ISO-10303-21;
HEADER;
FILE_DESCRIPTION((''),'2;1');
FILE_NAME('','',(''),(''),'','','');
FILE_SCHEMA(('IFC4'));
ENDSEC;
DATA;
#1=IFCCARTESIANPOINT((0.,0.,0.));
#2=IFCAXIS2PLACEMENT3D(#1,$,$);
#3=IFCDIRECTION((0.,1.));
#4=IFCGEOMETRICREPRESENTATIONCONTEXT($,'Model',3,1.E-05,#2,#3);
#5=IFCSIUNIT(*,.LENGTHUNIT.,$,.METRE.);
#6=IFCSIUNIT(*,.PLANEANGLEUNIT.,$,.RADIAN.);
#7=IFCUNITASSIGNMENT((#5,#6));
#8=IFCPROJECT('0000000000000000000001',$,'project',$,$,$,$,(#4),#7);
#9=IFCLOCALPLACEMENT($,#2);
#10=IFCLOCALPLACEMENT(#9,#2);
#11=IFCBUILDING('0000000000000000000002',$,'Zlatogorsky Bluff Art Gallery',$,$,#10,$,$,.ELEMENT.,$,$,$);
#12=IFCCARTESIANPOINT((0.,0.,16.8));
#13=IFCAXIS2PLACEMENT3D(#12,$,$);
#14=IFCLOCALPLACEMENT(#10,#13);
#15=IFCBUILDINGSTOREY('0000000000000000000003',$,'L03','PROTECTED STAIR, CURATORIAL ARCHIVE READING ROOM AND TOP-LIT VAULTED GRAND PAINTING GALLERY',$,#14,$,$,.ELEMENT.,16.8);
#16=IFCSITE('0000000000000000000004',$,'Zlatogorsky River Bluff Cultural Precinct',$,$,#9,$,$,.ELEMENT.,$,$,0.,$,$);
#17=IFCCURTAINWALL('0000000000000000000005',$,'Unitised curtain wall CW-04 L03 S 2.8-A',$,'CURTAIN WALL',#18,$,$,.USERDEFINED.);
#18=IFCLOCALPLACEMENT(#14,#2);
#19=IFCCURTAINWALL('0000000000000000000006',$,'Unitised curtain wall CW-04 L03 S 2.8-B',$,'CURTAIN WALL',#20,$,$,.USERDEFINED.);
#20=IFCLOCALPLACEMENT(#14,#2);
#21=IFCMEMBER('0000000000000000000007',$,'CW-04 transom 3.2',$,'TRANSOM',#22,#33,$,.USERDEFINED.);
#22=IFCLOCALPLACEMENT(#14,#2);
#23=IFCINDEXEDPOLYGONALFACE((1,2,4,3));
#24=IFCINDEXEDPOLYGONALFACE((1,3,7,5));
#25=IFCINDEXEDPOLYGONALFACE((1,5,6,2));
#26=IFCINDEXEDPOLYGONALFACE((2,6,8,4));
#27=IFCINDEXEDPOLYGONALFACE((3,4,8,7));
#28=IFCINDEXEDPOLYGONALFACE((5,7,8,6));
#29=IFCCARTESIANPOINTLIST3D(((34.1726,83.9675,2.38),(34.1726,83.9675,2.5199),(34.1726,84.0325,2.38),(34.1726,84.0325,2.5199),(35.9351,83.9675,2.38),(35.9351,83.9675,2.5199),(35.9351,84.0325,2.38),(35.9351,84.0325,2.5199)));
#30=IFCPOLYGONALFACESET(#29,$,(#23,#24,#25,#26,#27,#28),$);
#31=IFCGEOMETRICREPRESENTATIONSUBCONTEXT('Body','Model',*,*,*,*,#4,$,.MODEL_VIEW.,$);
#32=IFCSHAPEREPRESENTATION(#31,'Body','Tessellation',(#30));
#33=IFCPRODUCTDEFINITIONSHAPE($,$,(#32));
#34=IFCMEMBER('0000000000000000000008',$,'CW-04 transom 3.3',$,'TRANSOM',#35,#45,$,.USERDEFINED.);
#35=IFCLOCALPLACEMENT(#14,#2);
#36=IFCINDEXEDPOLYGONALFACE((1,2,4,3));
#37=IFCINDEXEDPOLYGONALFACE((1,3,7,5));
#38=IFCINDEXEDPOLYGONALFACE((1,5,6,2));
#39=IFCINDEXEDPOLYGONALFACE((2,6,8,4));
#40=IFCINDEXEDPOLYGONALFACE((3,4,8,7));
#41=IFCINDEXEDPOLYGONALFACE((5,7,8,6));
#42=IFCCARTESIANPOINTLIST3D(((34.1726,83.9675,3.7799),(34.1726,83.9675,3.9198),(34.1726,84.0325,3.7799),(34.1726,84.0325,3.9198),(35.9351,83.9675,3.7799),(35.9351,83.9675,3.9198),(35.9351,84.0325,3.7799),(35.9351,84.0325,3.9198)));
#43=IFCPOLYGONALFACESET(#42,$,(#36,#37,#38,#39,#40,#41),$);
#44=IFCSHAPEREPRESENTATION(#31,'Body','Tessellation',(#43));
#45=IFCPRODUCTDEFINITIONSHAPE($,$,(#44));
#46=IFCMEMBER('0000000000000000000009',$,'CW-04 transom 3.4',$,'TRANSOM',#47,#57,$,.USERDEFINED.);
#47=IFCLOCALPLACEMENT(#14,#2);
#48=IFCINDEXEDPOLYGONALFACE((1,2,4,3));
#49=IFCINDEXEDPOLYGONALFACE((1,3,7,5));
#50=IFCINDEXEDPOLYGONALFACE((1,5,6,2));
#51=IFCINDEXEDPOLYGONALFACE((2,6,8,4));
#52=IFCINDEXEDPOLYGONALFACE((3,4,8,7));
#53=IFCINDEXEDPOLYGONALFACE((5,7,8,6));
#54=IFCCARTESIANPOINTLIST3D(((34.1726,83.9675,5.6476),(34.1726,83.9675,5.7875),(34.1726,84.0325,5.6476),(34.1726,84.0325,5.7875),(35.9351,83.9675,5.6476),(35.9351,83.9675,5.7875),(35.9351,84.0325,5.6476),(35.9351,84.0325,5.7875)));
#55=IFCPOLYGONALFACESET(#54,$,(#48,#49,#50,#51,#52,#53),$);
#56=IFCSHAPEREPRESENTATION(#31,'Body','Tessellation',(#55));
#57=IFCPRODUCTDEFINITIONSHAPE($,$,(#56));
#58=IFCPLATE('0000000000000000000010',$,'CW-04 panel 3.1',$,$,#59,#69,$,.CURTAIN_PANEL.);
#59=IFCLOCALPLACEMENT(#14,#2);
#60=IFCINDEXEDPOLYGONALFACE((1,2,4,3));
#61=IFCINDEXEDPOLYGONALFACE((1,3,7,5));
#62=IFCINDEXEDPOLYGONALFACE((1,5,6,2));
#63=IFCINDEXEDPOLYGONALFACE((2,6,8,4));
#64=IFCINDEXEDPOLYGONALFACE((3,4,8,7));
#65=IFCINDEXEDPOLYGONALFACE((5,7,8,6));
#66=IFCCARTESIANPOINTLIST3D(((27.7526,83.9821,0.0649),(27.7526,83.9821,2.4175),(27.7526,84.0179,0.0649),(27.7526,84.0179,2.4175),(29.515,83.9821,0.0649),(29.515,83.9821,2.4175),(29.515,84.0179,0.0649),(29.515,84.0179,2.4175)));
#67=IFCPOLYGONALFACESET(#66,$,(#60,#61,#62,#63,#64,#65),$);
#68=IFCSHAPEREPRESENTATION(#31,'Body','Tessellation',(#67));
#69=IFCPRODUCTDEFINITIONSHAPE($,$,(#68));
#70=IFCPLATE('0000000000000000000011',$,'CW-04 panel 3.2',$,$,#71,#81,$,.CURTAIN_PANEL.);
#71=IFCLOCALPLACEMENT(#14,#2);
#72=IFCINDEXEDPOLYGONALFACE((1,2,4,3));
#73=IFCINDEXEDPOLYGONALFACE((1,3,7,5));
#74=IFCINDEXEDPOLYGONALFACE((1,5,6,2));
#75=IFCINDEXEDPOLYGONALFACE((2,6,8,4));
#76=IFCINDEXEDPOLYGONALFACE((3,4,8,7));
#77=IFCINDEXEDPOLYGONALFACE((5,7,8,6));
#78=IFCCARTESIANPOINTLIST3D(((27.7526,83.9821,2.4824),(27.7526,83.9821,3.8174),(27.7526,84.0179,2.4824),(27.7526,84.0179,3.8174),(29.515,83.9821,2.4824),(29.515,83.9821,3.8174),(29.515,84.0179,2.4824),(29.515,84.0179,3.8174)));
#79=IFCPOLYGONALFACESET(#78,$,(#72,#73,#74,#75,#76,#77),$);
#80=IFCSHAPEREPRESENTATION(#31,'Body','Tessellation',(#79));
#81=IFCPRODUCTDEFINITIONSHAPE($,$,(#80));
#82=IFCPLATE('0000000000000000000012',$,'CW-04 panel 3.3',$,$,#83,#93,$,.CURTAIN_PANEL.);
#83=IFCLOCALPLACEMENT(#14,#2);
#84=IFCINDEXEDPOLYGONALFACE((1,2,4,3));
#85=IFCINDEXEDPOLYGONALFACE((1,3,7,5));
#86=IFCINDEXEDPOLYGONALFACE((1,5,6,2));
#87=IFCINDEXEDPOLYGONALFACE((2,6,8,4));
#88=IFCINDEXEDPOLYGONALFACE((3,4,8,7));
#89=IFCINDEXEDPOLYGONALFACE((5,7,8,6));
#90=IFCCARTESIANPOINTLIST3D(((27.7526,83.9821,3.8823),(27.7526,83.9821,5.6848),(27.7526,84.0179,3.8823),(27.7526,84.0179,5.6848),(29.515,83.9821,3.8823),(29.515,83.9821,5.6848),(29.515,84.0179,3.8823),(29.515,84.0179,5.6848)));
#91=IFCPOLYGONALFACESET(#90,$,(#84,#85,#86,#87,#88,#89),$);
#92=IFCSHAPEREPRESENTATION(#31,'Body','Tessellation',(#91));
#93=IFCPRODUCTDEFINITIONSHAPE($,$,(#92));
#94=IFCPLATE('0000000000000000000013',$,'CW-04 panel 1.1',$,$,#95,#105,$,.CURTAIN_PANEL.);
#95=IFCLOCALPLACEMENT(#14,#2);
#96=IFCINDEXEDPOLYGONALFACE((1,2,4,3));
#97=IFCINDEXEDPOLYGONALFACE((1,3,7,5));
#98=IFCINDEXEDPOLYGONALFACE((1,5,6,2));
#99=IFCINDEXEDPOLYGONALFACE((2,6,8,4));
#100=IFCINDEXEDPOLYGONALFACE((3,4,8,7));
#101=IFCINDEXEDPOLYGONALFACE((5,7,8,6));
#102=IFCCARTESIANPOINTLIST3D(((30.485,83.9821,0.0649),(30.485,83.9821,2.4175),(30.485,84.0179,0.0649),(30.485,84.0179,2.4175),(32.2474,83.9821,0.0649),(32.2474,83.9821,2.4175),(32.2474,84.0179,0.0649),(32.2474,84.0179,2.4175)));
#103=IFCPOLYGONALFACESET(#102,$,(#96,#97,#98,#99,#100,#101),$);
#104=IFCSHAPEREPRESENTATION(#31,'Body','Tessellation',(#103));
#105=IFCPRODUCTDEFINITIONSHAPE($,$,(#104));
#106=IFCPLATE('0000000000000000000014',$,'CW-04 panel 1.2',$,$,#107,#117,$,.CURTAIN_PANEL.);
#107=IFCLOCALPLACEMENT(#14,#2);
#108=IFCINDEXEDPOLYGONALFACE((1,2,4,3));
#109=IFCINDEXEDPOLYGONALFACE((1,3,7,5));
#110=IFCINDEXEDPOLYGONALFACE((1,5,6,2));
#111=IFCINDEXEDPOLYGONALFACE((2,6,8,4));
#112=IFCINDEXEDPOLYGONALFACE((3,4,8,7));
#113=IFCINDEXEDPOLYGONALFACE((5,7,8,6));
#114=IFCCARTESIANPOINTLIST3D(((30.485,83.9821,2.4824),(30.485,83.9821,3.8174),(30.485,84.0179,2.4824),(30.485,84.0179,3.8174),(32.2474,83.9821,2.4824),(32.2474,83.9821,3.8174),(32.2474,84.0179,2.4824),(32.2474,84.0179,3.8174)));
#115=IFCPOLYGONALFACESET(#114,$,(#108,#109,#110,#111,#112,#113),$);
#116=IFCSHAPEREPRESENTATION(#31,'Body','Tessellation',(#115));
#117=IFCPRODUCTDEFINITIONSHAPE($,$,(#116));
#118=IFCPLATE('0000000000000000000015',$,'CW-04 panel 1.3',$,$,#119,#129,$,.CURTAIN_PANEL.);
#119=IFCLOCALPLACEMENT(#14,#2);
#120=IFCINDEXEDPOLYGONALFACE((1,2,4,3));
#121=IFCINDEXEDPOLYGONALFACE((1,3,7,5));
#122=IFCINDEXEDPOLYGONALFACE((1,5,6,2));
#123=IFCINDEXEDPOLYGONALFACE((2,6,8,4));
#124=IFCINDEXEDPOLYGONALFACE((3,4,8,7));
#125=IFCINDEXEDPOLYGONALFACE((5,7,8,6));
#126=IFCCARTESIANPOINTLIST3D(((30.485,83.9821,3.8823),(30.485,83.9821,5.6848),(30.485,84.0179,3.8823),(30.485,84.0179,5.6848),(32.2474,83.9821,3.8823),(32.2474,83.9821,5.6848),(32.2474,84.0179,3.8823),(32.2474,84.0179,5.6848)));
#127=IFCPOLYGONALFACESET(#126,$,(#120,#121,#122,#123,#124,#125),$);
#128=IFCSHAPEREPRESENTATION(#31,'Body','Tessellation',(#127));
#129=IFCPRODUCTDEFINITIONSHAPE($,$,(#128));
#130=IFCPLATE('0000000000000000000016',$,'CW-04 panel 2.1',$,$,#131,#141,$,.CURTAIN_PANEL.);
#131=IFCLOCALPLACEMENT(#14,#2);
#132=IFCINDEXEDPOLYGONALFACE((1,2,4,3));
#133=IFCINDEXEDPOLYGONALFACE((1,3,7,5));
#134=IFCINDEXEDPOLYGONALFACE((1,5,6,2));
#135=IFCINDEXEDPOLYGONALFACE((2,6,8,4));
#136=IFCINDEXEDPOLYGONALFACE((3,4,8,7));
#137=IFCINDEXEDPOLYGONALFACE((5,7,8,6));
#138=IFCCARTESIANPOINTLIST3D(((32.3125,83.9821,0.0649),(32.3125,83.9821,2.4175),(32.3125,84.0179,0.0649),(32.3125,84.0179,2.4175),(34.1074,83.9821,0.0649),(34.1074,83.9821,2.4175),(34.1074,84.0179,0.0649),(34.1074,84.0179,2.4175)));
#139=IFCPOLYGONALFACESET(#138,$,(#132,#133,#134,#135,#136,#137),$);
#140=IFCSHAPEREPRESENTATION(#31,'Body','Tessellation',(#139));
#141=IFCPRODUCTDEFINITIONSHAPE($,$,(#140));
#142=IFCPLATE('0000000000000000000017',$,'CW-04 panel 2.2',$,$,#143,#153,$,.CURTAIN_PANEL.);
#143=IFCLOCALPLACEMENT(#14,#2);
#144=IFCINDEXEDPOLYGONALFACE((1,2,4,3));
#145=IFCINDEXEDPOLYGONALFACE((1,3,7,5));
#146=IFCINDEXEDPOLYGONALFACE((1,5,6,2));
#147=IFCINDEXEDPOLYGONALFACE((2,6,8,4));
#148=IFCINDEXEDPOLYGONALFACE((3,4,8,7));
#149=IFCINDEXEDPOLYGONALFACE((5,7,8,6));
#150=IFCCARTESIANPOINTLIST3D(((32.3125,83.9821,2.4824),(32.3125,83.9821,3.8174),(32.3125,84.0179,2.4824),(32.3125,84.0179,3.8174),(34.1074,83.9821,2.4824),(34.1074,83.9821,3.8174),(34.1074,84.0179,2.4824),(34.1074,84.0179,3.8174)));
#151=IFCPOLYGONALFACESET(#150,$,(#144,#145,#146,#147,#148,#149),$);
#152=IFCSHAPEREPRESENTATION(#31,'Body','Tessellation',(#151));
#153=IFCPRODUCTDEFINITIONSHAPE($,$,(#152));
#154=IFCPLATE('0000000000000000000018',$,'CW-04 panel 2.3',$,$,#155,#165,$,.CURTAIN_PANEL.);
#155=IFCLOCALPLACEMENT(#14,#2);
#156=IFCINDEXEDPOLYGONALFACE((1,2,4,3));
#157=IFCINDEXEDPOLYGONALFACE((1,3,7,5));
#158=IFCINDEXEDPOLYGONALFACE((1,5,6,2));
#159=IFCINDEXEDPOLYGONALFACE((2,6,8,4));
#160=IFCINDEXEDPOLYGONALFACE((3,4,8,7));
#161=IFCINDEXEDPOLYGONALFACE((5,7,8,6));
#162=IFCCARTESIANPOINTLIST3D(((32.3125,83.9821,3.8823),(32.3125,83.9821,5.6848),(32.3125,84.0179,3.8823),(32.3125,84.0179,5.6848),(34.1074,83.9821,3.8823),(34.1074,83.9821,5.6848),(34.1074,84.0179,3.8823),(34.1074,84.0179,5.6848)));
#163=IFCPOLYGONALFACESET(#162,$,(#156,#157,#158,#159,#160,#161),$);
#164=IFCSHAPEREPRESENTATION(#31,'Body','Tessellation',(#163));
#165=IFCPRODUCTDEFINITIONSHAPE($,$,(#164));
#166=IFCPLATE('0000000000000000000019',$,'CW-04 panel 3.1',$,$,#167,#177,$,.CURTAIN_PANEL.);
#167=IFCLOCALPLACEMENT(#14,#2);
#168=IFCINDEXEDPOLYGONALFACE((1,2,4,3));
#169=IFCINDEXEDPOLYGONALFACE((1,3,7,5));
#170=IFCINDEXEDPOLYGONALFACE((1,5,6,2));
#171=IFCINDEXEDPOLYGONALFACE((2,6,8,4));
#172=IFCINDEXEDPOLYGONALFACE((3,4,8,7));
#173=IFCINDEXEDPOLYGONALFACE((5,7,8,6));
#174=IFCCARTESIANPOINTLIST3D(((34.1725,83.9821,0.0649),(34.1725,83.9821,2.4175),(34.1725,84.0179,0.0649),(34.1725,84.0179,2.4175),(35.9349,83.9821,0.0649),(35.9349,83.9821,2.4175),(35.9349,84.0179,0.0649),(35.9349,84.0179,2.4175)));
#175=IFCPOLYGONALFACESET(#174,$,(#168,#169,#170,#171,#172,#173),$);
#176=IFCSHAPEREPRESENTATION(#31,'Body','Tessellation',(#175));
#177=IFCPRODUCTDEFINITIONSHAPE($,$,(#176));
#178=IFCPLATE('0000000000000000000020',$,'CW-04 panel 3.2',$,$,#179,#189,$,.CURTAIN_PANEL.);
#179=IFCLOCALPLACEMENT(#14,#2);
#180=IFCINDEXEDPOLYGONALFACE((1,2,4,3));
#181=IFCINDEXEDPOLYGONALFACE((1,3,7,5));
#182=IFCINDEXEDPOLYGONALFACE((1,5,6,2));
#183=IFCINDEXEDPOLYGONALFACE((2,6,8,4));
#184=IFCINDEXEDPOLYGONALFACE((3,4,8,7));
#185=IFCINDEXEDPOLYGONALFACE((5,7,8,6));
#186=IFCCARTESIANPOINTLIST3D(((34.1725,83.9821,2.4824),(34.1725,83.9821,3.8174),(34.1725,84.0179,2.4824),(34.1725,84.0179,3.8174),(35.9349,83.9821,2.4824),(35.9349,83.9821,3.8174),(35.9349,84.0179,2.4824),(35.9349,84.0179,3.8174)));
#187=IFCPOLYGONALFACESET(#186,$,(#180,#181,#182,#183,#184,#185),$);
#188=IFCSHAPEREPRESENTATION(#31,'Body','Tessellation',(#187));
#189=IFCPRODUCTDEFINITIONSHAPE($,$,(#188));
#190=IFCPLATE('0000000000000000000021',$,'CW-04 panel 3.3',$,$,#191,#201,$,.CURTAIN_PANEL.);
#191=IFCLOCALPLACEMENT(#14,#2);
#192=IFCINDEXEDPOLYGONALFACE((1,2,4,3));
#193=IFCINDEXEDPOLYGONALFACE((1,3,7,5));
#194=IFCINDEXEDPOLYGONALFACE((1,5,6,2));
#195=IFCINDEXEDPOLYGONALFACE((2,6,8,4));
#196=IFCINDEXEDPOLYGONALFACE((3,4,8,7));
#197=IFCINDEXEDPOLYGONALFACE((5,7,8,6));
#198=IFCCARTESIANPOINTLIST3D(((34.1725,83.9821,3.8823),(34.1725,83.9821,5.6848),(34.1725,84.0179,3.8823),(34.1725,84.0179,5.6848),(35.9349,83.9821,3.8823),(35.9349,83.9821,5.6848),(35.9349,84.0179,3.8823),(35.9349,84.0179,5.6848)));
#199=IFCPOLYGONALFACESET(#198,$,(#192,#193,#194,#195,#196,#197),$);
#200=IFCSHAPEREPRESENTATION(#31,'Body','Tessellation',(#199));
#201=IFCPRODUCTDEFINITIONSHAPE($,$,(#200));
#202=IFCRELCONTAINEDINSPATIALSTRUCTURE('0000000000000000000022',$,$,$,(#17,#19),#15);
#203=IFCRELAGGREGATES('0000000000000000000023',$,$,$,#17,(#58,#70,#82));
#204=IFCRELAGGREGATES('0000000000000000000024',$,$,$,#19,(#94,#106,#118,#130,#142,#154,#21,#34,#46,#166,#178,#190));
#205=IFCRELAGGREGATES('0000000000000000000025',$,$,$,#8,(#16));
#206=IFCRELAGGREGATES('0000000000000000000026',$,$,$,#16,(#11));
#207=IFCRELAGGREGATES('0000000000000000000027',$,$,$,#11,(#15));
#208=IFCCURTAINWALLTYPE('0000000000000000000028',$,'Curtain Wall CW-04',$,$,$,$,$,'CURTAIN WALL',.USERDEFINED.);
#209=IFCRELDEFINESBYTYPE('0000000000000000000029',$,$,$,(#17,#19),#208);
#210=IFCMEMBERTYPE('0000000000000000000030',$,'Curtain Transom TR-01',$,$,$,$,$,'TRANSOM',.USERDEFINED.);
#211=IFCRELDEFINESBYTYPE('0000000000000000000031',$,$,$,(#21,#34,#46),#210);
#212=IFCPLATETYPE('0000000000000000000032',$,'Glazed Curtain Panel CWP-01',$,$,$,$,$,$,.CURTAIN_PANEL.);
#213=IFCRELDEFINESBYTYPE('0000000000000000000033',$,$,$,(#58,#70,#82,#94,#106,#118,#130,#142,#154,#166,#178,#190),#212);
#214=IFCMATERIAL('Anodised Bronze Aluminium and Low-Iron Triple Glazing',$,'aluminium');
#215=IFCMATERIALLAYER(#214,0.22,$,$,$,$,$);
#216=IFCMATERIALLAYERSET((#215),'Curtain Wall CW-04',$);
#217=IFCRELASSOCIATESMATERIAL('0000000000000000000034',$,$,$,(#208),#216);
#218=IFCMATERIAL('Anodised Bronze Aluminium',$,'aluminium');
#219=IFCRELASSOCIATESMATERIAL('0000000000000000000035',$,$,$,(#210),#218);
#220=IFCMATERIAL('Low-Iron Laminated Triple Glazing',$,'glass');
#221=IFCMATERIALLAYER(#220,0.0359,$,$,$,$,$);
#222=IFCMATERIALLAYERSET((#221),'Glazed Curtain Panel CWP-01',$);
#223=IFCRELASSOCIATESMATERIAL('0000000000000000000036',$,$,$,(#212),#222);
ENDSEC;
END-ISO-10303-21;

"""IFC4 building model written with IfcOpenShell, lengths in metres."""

from ifc_helpers import new_model, si_unit, direction, frame, origin, origin_2d, place, context, subcontext, project, spatial, rectangle, extrude, material, layer, layer_set, material_profile, profile_set, type_object, element, aggregate, save


model = new_model("IFC4")

# Units and contexts
model_context = context("Model", 3, precision=1e-05, world=origin(), true_north=direction((0.0, 1.0)))
body_context = subcontext(model_context, "Body", "Model", "MODEL_VIEW")
ifc_project = project(units=[si_unit("LENGTHUNIT", "METRE"), si_unit("PLANEANGLEUNIT", "RADIAN")], contexts=[model_context])

# Site, building, storey
site_placement = place(None, origin())
site = spatial("IfcSite", under=ifc_project, at=site_placement, Name="Zlatogorsky River Bluff Cultural Precinct", CompositionType="ELEMENT", RefElevation=0.0)
building_placement = place(site_placement, origin())
building = spatial("IfcBuilding", under=site, at=building_placement, Name="Zlatogorsky Bluff Art Gallery", CompositionType="ELEMENT")
storey_placement = place(building_placement, frame((0.0, 0.0, 16.8)))
storey = spatial("IfcBuildingStorey", under=building, at=storey_placement, Name="L03", Description="PROTECTED STAIR, CURATORIAL ARCHIVE READING ROOM AND TOP-LIT VAULTED GRAND PAINTING GALLERY", CompositionType="ELEMENT", Elevation=16.8)

# Curtain wall
ifc_material_1 = material(Name="Anodised Bronze Aluminium and Low-Iron Triple Glazing", Category="aluminium")
ifc_layer_1 = layer(ifc_material_1, 0.22)
ifc_layer_set_1 = layer_set([ifc_layer_1], Name="Curtain Wall CW-04")
curtain_wall_type = type_object("IfcCurtainWallType", Name="Curtain Wall CW-04", ElementType="CURTAIN WALL", PredefinedType="USERDEFINED", material=ifc_layer_set_1)
curtain_wall_1_placement = place(storey_placement, origin())
curtain_wall_1 = element("IfcCurtainWall", 1, at=curtain_wall_1_placement, inside=storey, type_object=curtain_wall_type, Name="Unitised curtain wall CW-04 L03 S 2.8-A", ObjectType="CURTAIN WALL", PredefinedType="USERDEFINED")
ifc_material_2 = material(Name="Anodised Bronze Aluminium", Category="aluminium")

# Curtain wall
curtain_wall_2_placement = place(storey_placement, origin())
curtain_wall_2 = element("IfcCurtainWall", 2, at=curtain_wall_2_placement, inside=storey, type_object=curtain_wall_type, Name="Unitised curtain wall CW-04 L03 S 2.8-B", ObjectType="CURTAIN WALL", PredefinedType="USERDEFINED")

# Members
ifc_material_profile_1 = material_profile(ifc_material_2, rectangle(XDim=0.0649, YDim=0.1399, at=origin_2d()), Name="ALU TRANSOM 65x140")
ifc_profile_set_1 = profile_set([ifc_material_profile_1], Name="Anodised Bronze Aluminium")
member_type_1 = type_object("IfcMemberType", Name="Curtain Transom TR-01", ElementType="TRANSOM", PredefinedType="USERDEFINED", material=ifc_profile_set_1)
member_1_placement = place(storey_placement, frame((34.1726, 84.0, 2.45), z_axis=(1.0, 0.0, 0.0), x_axis=(0.0, 1.0, 0.0)))
member_1 = element("IfcMember", 3, at=member_1_placement, type_object=member_type_1, Name="CW-04 transom 3.2", ObjectType="TRANSOM", PredefinedType="USERDEFINED", context=body_context, shape_type="SweptSolid", body=[
    extrude(rectangle(XDim=0.0649, YDim=0.1399, at=origin_2d()), origin(), (0.0, 0.0, 1.0), 1.7625),
])
member_2_placement = place(storey_placement, frame((34.1726, 84.0, 3.8499), z_axis=(1.0, 0.0, 0.0), x_axis=(0.0, 1.0, 0.0)))
member_2 = element("IfcMember", 4, at=member_2_placement, type_object=member_type_1, Name="CW-04 transom 3.3", ObjectType="TRANSOM", PredefinedType="USERDEFINED", context=body_context, shape_type="SweptSolid", body=[
    extrude(rectangle(XDim=0.0649, YDim=0.1399, at=origin_2d()), origin(), (0.0, 0.0, 1.0), 1.7625),
])
member_3_placement = place(storey_placement, frame((34.1726, 84.0, 5.7175), z_axis=(1.0, 0.0, 0.0), x_axis=(0.0, 1.0, 0.0)))
member_3 = element("IfcMember", 5, at=member_3_placement, type_object=member_type_1, Name="CW-04 transom 3.4", ObjectType="TRANSOM", PredefinedType="USERDEFINED", context=body_context, shape_type="SweptSolid", body=[
    extrude(rectangle(XDim=0.0649, YDim=0.1399, at=origin_2d()), origin(), (0.0, 0.0, 1.0), 1.7625),
])

# Plates
ifc_material_3 = material(Name="Low-Iron Laminated Triple Glazing", Category="glass")
ifc_layer_2 = layer(ifc_material_3, 0.0359)
ifc_layer_set_2 = layer_set([ifc_layer_2], Name="Glazed Curtain Panel CWP-01")
plate_type = type_object("IfcPlateType", Name="Glazed Curtain Panel CWP-01", PredefinedType="CURTAIN_PANEL", material=ifc_layer_set_2)
plate_1_placement = place(storey_placement, frame((28.6338, 84.0, 0.0649), z_axis=(0.0, 0.0, 1.0), x_axis=(1.0, 0.0, 0.0)))
plate_1 = element("IfcPlate", 6, at=plate_1_placement, type_object=plate_type, Name="CW-04 panel 3.1", PredefinedType="CURTAIN_PANEL", context=body_context, shape_type="SweptSolid", body=[
    extrude(rectangle(XDim=1.7625, YDim=0.0359, at=origin_2d()), origin(), (0.0, 0.0, 1.0), 2.3525),
])
plate_2_placement = place(storey_placement, frame((28.6338, 84.0, 2.4824), z_axis=(0.0, 0.0, 1.0), x_axis=(1.0, 0.0, 0.0)))
plate_2 = element("IfcPlate", 7, at=plate_2_placement, type_object=plate_type, Name="CW-04 panel 3.2", PredefinedType="CURTAIN_PANEL", context=body_context, shape_type="SweptSolid", body=[
    extrude(rectangle(XDim=1.7625, YDim=0.0359, at=origin_2d()), origin(), (0.0, 0.0, 1.0), 1.335),
])
plate_3_placement = place(storey_placement, frame((28.6338, 84.0, 3.8823), z_axis=(0.0, 0.0, 1.0), x_axis=(1.0, 0.0, 0.0)))
plate_3 = element("IfcPlate", 8, at=plate_3_placement, type_object=plate_type, Name="CW-04 panel 3.3", PredefinedType="CURTAIN_PANEL", context=body_context, shape_type="SweptSolid", body=[
    extrude(rectangle(XDim=1.7625, YDim=0.0359, at=origin_2d()), origin(), (0.0, 0.0, 1.0), 1.8025),
])
aggregate(curtain_wall_1, [plate_1, plate_2, plate_3])
plate_4_placement = place(storey_placement, frame((31.3662, 84.0, 0.0649), z_axis=(0.0, 0.0, 1.0), x_axis=(1.0, 0.0, 0.0)))
plate_4 = element("IfcPlate", 9, at=plate_4_placement, type_object=plate_type, Name="CW-04 panel 1.1", PredefinedType="CURTAIN_PANEL", context=body_context, shape_type="SweptSolid", body=[
    extrude(rectangle(XDim=1.7625, YDim=0.0359, at=origin_2d()), origin(), (0.0, 0.0, 1.0), 2.3525),
])
plate_5_placement = place(storey_placement, frame((31.3662, 84.0, 2.4824), z_axis=(0.0, 0.0, 1.0), x_axis=(1.0, 0.0, 0.0)))
plate_5 = element("IfcPlate", 10, at=plate_5_placement, type_object=plate_type, Name="CW-04 panel 1.2", PredefinedType="CURTAIN_PANEL", context=body_context, shape_type="SweptSolid", body=[
    extrude(rectangle(XDim=1.7625, YDim=0.0359, at=origin_2d()), origin(), (0.0, 0.0, 1.0), 1.335),
])
plate_6_placement = place(storey_placement, frame((31.3662, 84.0, 3.8823), z_axis=(0.0, 0.0, 1.0), x_axis=(1.0, 0.0, 0.0)))
plate_6 = element("IfcPlate", 11, at=plate_6_placement, type_object=plate_type, Name="CW-04 panel 1.3", PredefinedType="CURTAIN_PANEL", context=body_context, shape_type="SweptSolid", body=[
    extrude(rectangle(XDim=1.7625, YDim=0.0359, at=origin_2d()), origin(), (0.0, 0.0, 1.0), 1.8025),
])
plate_7_placement = place(storey_placement, frame((33.21, 84.0, 0.0649), z_axis=(0.0, 0.0, 1.0), x_axis=(1.0, 0.0, 0.0)))
plate_7 = element("IfcPlate", 12, at=plate_7_placement, type_object=plate_type, Name="CW-04 panel 2.1", PredefinedType="CURTAIN_PANEL", context=body_context, shape_type="SweptSolid", body=[
    extrude(rectangle(XDim=1.7949, YDim=0.0359, at=origin_2d()), origin(), (0.0, 0.0, 1.0), 2.3525),
])
plate_8_placement = place(storey_placement, frame((33.21, 84.0, 2.4824), z_axis=(0.0, 0.0, 1.0), x_axis=(1.0, 0.0, 0.0)))
plate_8 = element("IfcPlate", 13, at=plate_8_placement, type_object=plate_type, Name="CW-04 panel 2.2", PredefinedType="CURTAIN_PANEL", context=body_context, shape_type="SweptSolid", body=[
    extrude(rectangle(XDim=1.7949, YDim=0.0359, at=origin_2d()), origin(), (0.0, 0.0, 1.0), 1.335),
])
plate_9_placement = place(storey_placement, frame((33.21, 84.0, 3.8823), z_axis=(0.0, 0.0, 1.0), x_axis=(1.0, 0.0, 0.0)))
plate_9 = element("IfcPlate", 14, at=plate_9_placement, type_object=plate_type, Name="CW-04 panel 2.3", PredefinedType="CURTAIN_PANEL", context=body_context, shape_type="SweptSolid", body=[
    extrude(rectangle(XDim=1.7949, YDim=0.0359, at=origin_2d()), origin(), (0.0, 0.0, 1.0), 1.8025),
])
plate_10_placement = place(storey_placement, frame((35.0537, 84.0, 0.0649), z_axis=(0.0, 0.0, 1.0), x_axis=(1.0, 0.0, 0.0)))
plate_10 = element("IfcPlate", 15, at=plate_10_placement, type_object=plate_type, Name="CW-04 panel 3.1", PredefinedType="CURTAIN_PANEL", context=body_context, shape_type="SweptSolid", body=[
    extrude(rectangle(XDim=1.7625, YDim=0.0359, at=origin_2d()), origin(), (0.0, 0.0, 1.0), 2.3525),
])
plate_11_placement = place(storey_placement, frame((35.0537, 84.0, 2.4824), z_axis=(0.0, 0.0, 1.0), x_axis=(1.0, 0.0, 0.0)))
plate_11 = element("IfcPlate", 16, at=plate_11_placement, type_object=plate_type, Name="CW-04 panel 3.2", PredefinedType="CURTAIN_PANEL", context=body_context, shape_type="SweptSolid", body=[
    extrude(rectangle(XDim=1.7625, YDim=0.0359, at=origin_2d()), origin(), (0.0, 0.0, 1.0), 1.335),
])
plate_12_placement = place(storey_placement, frame((35.0537, 84.0, 3.8823), z_axis=(0.0, 0.0, 1.0), x_axis=(1.0, 0.0, 0.0)))
plate_12 = element("IfcPlate", 17, at=plate_12_placement, type_object=plate_type, Name="CW-04 panel 3.3", PredefinedType="CURTAIN_PANEL", context=body_context, shape_type="SweptSolid", body=[
    extrude(rectangle(XDim=1.7625, YDim=0.0359, at=origin_2d()), origin(), (0.0, 0.0, 1.0), 1.8025),
])
aggregate(curtain_wall_2, [plate_4, plate_5, plate_6, plate_7, plate_8, plate_9, member_1, member_2, member_3, plate_10, plate_11, plate_12])

save(model, "model.ifc")
